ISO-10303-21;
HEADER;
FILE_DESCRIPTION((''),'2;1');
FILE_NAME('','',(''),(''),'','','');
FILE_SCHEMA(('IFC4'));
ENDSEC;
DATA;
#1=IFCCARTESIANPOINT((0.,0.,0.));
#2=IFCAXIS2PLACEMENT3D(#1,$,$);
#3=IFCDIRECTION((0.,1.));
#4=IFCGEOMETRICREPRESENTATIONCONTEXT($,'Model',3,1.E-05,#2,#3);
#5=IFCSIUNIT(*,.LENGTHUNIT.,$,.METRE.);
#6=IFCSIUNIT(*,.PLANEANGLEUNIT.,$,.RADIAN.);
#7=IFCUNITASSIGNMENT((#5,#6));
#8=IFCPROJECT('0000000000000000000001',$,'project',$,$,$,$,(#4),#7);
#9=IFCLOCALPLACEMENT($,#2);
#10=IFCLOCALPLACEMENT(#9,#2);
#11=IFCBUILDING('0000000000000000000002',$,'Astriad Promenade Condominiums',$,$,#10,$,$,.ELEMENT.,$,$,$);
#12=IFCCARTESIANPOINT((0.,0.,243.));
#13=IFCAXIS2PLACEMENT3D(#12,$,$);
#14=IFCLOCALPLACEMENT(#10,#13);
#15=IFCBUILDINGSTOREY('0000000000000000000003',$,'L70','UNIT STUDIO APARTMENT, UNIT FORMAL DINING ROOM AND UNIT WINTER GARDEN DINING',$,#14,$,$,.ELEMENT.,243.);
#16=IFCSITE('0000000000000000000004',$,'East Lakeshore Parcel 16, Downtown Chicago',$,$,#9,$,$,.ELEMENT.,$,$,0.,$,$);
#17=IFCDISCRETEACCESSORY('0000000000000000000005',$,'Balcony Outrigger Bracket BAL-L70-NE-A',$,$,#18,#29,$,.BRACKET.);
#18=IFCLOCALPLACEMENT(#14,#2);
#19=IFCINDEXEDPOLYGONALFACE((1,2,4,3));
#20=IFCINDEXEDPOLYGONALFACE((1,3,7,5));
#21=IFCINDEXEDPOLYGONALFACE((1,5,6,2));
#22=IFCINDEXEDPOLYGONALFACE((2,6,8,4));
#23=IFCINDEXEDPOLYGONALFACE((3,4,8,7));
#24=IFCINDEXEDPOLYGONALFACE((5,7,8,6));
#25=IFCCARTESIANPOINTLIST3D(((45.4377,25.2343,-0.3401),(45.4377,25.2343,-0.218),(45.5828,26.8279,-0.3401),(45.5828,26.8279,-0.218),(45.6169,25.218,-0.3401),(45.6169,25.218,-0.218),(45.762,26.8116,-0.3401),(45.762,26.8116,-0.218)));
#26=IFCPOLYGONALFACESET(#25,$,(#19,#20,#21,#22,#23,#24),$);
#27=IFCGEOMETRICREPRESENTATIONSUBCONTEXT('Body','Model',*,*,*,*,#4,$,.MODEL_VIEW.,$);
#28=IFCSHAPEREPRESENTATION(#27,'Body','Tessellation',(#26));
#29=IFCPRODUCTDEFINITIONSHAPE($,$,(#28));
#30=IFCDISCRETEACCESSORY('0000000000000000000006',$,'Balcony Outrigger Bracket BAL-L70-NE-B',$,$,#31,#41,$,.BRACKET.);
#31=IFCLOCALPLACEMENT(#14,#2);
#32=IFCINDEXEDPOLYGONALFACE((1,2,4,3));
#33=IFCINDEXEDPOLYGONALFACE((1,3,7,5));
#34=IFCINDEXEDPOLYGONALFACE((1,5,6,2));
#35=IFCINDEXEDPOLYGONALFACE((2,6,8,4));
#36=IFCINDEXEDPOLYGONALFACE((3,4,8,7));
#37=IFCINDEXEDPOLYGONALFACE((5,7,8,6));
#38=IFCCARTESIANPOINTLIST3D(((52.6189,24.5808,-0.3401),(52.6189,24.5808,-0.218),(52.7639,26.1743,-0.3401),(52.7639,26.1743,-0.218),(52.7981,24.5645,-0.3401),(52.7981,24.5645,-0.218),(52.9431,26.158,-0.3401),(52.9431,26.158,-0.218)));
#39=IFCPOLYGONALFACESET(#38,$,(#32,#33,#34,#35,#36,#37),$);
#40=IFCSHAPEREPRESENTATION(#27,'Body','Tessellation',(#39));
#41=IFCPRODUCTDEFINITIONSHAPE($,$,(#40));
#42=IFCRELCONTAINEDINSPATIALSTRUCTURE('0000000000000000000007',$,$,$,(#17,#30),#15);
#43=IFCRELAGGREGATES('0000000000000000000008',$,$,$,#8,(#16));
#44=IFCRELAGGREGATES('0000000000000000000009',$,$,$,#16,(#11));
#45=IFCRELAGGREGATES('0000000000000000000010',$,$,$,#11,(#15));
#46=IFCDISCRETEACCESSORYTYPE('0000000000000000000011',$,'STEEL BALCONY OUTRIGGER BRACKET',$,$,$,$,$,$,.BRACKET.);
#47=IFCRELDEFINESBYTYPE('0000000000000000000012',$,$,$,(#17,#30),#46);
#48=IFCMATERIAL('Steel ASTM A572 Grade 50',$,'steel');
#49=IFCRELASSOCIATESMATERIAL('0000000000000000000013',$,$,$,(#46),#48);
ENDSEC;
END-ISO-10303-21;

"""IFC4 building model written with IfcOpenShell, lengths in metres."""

from ifc_helpers import new_model, si_unit, direction, frame, origin, origin_2d, place, context, subcontext, project, spatial, rectangle, extrude, source, transform, mapped, material, type_object, type_shapes, element, save


model = new_model("IFC4")

# Units and contexts
model_context = context("Model", 3, precision=1e-05, world=origin(), true_north=direction((0.0, 1.0)))
body_context = subcontext(model_context, "Body", "Model", "MODEL_VIEW")
ifc_project = project(units=[si_unit("LENGTHUNIT", "METRE"), si_unit("PLANEANGLEUNIT", "RADIAN")], contexts=[model_context])

# Site, building, storey
site_placement = place(None, origin())
site = spatial("IfcSite", under=ifc_project, at=site_placement, Name="East Lakeshore Parcel 16, Downtown Chicago", CompositionType="ELEMENT", RefElevation=0.0)
building_placement = place(site_placement, origin())
building = spatial("IfcBuilding", under=site, at=building_placement, Name="Astriad Promenade Condominiums", CompositionType="ELEMENT")
storey_placement = place(building_placement, frame((0.0, 0.0, 243.0)))
storey = spatial("IfcBuildingStorey", under=building, at=storey_placement, Name="L70", Description="UNIT STUDIO APARTMENT, UNIT FORMAL DINING ROOM AND UNIT WINTER GARDEN DINING", CompositionType="ELEMENT", Elevation=243.0)

# Discrete accessories
ifc_material_1 = material(Name="Steel ASTM A572 Grade 50", Category="steel")
discrete_accessory_type = type_object("IfcDiscreteAccessoryType", Name="STEEL BALCONY OUTRIGGER BRACKET", PredefinedType="BRACKET", material=ifc_material_1)
shared_shape_1 = source(origin(), body_context, "Body", "SweptSolid", [
    extrude(rectangle(XDim=1.6001, YDim=0.1799, at=origin_2d()), origin(), (0.0, 0.0, 1.0), 0.1221),
])
type_shapes(discrete_accessory_type, [shared_shape_1])
for number, where, z_axis, x_axis, name in (
    (1, (45.5999, 26.0229, -0.3401), (0.0, 0.0, 1.0), (0.090633, 0.995884, 0.0), "Balcony Outrigger Bracket BAL-L70-NE-A"),
    (2, (52.781, 25.3694, -0.3401), (0.0, 0.0, 1.0), (0.090633, 0.995884, 0.0), "Balcony Outrigger Bracket BAL-L70-NE-B"),
):
    element("IfcDiscreteAccessory", number, at=place(storey_placement, frame(where, z_axis=z_axis, x_axis=x_axis)), inside=storey, type_object=discrete_accessory_type, Name=name, PredefinedType="BRACKET", context=body_context, shape_type="MappedRepresentation", body=[
        mapped(shared_shape_1, transform((0.0, 0.0, 0.0), scale=1.0)),
    ])

save(model, "model.ifc")
